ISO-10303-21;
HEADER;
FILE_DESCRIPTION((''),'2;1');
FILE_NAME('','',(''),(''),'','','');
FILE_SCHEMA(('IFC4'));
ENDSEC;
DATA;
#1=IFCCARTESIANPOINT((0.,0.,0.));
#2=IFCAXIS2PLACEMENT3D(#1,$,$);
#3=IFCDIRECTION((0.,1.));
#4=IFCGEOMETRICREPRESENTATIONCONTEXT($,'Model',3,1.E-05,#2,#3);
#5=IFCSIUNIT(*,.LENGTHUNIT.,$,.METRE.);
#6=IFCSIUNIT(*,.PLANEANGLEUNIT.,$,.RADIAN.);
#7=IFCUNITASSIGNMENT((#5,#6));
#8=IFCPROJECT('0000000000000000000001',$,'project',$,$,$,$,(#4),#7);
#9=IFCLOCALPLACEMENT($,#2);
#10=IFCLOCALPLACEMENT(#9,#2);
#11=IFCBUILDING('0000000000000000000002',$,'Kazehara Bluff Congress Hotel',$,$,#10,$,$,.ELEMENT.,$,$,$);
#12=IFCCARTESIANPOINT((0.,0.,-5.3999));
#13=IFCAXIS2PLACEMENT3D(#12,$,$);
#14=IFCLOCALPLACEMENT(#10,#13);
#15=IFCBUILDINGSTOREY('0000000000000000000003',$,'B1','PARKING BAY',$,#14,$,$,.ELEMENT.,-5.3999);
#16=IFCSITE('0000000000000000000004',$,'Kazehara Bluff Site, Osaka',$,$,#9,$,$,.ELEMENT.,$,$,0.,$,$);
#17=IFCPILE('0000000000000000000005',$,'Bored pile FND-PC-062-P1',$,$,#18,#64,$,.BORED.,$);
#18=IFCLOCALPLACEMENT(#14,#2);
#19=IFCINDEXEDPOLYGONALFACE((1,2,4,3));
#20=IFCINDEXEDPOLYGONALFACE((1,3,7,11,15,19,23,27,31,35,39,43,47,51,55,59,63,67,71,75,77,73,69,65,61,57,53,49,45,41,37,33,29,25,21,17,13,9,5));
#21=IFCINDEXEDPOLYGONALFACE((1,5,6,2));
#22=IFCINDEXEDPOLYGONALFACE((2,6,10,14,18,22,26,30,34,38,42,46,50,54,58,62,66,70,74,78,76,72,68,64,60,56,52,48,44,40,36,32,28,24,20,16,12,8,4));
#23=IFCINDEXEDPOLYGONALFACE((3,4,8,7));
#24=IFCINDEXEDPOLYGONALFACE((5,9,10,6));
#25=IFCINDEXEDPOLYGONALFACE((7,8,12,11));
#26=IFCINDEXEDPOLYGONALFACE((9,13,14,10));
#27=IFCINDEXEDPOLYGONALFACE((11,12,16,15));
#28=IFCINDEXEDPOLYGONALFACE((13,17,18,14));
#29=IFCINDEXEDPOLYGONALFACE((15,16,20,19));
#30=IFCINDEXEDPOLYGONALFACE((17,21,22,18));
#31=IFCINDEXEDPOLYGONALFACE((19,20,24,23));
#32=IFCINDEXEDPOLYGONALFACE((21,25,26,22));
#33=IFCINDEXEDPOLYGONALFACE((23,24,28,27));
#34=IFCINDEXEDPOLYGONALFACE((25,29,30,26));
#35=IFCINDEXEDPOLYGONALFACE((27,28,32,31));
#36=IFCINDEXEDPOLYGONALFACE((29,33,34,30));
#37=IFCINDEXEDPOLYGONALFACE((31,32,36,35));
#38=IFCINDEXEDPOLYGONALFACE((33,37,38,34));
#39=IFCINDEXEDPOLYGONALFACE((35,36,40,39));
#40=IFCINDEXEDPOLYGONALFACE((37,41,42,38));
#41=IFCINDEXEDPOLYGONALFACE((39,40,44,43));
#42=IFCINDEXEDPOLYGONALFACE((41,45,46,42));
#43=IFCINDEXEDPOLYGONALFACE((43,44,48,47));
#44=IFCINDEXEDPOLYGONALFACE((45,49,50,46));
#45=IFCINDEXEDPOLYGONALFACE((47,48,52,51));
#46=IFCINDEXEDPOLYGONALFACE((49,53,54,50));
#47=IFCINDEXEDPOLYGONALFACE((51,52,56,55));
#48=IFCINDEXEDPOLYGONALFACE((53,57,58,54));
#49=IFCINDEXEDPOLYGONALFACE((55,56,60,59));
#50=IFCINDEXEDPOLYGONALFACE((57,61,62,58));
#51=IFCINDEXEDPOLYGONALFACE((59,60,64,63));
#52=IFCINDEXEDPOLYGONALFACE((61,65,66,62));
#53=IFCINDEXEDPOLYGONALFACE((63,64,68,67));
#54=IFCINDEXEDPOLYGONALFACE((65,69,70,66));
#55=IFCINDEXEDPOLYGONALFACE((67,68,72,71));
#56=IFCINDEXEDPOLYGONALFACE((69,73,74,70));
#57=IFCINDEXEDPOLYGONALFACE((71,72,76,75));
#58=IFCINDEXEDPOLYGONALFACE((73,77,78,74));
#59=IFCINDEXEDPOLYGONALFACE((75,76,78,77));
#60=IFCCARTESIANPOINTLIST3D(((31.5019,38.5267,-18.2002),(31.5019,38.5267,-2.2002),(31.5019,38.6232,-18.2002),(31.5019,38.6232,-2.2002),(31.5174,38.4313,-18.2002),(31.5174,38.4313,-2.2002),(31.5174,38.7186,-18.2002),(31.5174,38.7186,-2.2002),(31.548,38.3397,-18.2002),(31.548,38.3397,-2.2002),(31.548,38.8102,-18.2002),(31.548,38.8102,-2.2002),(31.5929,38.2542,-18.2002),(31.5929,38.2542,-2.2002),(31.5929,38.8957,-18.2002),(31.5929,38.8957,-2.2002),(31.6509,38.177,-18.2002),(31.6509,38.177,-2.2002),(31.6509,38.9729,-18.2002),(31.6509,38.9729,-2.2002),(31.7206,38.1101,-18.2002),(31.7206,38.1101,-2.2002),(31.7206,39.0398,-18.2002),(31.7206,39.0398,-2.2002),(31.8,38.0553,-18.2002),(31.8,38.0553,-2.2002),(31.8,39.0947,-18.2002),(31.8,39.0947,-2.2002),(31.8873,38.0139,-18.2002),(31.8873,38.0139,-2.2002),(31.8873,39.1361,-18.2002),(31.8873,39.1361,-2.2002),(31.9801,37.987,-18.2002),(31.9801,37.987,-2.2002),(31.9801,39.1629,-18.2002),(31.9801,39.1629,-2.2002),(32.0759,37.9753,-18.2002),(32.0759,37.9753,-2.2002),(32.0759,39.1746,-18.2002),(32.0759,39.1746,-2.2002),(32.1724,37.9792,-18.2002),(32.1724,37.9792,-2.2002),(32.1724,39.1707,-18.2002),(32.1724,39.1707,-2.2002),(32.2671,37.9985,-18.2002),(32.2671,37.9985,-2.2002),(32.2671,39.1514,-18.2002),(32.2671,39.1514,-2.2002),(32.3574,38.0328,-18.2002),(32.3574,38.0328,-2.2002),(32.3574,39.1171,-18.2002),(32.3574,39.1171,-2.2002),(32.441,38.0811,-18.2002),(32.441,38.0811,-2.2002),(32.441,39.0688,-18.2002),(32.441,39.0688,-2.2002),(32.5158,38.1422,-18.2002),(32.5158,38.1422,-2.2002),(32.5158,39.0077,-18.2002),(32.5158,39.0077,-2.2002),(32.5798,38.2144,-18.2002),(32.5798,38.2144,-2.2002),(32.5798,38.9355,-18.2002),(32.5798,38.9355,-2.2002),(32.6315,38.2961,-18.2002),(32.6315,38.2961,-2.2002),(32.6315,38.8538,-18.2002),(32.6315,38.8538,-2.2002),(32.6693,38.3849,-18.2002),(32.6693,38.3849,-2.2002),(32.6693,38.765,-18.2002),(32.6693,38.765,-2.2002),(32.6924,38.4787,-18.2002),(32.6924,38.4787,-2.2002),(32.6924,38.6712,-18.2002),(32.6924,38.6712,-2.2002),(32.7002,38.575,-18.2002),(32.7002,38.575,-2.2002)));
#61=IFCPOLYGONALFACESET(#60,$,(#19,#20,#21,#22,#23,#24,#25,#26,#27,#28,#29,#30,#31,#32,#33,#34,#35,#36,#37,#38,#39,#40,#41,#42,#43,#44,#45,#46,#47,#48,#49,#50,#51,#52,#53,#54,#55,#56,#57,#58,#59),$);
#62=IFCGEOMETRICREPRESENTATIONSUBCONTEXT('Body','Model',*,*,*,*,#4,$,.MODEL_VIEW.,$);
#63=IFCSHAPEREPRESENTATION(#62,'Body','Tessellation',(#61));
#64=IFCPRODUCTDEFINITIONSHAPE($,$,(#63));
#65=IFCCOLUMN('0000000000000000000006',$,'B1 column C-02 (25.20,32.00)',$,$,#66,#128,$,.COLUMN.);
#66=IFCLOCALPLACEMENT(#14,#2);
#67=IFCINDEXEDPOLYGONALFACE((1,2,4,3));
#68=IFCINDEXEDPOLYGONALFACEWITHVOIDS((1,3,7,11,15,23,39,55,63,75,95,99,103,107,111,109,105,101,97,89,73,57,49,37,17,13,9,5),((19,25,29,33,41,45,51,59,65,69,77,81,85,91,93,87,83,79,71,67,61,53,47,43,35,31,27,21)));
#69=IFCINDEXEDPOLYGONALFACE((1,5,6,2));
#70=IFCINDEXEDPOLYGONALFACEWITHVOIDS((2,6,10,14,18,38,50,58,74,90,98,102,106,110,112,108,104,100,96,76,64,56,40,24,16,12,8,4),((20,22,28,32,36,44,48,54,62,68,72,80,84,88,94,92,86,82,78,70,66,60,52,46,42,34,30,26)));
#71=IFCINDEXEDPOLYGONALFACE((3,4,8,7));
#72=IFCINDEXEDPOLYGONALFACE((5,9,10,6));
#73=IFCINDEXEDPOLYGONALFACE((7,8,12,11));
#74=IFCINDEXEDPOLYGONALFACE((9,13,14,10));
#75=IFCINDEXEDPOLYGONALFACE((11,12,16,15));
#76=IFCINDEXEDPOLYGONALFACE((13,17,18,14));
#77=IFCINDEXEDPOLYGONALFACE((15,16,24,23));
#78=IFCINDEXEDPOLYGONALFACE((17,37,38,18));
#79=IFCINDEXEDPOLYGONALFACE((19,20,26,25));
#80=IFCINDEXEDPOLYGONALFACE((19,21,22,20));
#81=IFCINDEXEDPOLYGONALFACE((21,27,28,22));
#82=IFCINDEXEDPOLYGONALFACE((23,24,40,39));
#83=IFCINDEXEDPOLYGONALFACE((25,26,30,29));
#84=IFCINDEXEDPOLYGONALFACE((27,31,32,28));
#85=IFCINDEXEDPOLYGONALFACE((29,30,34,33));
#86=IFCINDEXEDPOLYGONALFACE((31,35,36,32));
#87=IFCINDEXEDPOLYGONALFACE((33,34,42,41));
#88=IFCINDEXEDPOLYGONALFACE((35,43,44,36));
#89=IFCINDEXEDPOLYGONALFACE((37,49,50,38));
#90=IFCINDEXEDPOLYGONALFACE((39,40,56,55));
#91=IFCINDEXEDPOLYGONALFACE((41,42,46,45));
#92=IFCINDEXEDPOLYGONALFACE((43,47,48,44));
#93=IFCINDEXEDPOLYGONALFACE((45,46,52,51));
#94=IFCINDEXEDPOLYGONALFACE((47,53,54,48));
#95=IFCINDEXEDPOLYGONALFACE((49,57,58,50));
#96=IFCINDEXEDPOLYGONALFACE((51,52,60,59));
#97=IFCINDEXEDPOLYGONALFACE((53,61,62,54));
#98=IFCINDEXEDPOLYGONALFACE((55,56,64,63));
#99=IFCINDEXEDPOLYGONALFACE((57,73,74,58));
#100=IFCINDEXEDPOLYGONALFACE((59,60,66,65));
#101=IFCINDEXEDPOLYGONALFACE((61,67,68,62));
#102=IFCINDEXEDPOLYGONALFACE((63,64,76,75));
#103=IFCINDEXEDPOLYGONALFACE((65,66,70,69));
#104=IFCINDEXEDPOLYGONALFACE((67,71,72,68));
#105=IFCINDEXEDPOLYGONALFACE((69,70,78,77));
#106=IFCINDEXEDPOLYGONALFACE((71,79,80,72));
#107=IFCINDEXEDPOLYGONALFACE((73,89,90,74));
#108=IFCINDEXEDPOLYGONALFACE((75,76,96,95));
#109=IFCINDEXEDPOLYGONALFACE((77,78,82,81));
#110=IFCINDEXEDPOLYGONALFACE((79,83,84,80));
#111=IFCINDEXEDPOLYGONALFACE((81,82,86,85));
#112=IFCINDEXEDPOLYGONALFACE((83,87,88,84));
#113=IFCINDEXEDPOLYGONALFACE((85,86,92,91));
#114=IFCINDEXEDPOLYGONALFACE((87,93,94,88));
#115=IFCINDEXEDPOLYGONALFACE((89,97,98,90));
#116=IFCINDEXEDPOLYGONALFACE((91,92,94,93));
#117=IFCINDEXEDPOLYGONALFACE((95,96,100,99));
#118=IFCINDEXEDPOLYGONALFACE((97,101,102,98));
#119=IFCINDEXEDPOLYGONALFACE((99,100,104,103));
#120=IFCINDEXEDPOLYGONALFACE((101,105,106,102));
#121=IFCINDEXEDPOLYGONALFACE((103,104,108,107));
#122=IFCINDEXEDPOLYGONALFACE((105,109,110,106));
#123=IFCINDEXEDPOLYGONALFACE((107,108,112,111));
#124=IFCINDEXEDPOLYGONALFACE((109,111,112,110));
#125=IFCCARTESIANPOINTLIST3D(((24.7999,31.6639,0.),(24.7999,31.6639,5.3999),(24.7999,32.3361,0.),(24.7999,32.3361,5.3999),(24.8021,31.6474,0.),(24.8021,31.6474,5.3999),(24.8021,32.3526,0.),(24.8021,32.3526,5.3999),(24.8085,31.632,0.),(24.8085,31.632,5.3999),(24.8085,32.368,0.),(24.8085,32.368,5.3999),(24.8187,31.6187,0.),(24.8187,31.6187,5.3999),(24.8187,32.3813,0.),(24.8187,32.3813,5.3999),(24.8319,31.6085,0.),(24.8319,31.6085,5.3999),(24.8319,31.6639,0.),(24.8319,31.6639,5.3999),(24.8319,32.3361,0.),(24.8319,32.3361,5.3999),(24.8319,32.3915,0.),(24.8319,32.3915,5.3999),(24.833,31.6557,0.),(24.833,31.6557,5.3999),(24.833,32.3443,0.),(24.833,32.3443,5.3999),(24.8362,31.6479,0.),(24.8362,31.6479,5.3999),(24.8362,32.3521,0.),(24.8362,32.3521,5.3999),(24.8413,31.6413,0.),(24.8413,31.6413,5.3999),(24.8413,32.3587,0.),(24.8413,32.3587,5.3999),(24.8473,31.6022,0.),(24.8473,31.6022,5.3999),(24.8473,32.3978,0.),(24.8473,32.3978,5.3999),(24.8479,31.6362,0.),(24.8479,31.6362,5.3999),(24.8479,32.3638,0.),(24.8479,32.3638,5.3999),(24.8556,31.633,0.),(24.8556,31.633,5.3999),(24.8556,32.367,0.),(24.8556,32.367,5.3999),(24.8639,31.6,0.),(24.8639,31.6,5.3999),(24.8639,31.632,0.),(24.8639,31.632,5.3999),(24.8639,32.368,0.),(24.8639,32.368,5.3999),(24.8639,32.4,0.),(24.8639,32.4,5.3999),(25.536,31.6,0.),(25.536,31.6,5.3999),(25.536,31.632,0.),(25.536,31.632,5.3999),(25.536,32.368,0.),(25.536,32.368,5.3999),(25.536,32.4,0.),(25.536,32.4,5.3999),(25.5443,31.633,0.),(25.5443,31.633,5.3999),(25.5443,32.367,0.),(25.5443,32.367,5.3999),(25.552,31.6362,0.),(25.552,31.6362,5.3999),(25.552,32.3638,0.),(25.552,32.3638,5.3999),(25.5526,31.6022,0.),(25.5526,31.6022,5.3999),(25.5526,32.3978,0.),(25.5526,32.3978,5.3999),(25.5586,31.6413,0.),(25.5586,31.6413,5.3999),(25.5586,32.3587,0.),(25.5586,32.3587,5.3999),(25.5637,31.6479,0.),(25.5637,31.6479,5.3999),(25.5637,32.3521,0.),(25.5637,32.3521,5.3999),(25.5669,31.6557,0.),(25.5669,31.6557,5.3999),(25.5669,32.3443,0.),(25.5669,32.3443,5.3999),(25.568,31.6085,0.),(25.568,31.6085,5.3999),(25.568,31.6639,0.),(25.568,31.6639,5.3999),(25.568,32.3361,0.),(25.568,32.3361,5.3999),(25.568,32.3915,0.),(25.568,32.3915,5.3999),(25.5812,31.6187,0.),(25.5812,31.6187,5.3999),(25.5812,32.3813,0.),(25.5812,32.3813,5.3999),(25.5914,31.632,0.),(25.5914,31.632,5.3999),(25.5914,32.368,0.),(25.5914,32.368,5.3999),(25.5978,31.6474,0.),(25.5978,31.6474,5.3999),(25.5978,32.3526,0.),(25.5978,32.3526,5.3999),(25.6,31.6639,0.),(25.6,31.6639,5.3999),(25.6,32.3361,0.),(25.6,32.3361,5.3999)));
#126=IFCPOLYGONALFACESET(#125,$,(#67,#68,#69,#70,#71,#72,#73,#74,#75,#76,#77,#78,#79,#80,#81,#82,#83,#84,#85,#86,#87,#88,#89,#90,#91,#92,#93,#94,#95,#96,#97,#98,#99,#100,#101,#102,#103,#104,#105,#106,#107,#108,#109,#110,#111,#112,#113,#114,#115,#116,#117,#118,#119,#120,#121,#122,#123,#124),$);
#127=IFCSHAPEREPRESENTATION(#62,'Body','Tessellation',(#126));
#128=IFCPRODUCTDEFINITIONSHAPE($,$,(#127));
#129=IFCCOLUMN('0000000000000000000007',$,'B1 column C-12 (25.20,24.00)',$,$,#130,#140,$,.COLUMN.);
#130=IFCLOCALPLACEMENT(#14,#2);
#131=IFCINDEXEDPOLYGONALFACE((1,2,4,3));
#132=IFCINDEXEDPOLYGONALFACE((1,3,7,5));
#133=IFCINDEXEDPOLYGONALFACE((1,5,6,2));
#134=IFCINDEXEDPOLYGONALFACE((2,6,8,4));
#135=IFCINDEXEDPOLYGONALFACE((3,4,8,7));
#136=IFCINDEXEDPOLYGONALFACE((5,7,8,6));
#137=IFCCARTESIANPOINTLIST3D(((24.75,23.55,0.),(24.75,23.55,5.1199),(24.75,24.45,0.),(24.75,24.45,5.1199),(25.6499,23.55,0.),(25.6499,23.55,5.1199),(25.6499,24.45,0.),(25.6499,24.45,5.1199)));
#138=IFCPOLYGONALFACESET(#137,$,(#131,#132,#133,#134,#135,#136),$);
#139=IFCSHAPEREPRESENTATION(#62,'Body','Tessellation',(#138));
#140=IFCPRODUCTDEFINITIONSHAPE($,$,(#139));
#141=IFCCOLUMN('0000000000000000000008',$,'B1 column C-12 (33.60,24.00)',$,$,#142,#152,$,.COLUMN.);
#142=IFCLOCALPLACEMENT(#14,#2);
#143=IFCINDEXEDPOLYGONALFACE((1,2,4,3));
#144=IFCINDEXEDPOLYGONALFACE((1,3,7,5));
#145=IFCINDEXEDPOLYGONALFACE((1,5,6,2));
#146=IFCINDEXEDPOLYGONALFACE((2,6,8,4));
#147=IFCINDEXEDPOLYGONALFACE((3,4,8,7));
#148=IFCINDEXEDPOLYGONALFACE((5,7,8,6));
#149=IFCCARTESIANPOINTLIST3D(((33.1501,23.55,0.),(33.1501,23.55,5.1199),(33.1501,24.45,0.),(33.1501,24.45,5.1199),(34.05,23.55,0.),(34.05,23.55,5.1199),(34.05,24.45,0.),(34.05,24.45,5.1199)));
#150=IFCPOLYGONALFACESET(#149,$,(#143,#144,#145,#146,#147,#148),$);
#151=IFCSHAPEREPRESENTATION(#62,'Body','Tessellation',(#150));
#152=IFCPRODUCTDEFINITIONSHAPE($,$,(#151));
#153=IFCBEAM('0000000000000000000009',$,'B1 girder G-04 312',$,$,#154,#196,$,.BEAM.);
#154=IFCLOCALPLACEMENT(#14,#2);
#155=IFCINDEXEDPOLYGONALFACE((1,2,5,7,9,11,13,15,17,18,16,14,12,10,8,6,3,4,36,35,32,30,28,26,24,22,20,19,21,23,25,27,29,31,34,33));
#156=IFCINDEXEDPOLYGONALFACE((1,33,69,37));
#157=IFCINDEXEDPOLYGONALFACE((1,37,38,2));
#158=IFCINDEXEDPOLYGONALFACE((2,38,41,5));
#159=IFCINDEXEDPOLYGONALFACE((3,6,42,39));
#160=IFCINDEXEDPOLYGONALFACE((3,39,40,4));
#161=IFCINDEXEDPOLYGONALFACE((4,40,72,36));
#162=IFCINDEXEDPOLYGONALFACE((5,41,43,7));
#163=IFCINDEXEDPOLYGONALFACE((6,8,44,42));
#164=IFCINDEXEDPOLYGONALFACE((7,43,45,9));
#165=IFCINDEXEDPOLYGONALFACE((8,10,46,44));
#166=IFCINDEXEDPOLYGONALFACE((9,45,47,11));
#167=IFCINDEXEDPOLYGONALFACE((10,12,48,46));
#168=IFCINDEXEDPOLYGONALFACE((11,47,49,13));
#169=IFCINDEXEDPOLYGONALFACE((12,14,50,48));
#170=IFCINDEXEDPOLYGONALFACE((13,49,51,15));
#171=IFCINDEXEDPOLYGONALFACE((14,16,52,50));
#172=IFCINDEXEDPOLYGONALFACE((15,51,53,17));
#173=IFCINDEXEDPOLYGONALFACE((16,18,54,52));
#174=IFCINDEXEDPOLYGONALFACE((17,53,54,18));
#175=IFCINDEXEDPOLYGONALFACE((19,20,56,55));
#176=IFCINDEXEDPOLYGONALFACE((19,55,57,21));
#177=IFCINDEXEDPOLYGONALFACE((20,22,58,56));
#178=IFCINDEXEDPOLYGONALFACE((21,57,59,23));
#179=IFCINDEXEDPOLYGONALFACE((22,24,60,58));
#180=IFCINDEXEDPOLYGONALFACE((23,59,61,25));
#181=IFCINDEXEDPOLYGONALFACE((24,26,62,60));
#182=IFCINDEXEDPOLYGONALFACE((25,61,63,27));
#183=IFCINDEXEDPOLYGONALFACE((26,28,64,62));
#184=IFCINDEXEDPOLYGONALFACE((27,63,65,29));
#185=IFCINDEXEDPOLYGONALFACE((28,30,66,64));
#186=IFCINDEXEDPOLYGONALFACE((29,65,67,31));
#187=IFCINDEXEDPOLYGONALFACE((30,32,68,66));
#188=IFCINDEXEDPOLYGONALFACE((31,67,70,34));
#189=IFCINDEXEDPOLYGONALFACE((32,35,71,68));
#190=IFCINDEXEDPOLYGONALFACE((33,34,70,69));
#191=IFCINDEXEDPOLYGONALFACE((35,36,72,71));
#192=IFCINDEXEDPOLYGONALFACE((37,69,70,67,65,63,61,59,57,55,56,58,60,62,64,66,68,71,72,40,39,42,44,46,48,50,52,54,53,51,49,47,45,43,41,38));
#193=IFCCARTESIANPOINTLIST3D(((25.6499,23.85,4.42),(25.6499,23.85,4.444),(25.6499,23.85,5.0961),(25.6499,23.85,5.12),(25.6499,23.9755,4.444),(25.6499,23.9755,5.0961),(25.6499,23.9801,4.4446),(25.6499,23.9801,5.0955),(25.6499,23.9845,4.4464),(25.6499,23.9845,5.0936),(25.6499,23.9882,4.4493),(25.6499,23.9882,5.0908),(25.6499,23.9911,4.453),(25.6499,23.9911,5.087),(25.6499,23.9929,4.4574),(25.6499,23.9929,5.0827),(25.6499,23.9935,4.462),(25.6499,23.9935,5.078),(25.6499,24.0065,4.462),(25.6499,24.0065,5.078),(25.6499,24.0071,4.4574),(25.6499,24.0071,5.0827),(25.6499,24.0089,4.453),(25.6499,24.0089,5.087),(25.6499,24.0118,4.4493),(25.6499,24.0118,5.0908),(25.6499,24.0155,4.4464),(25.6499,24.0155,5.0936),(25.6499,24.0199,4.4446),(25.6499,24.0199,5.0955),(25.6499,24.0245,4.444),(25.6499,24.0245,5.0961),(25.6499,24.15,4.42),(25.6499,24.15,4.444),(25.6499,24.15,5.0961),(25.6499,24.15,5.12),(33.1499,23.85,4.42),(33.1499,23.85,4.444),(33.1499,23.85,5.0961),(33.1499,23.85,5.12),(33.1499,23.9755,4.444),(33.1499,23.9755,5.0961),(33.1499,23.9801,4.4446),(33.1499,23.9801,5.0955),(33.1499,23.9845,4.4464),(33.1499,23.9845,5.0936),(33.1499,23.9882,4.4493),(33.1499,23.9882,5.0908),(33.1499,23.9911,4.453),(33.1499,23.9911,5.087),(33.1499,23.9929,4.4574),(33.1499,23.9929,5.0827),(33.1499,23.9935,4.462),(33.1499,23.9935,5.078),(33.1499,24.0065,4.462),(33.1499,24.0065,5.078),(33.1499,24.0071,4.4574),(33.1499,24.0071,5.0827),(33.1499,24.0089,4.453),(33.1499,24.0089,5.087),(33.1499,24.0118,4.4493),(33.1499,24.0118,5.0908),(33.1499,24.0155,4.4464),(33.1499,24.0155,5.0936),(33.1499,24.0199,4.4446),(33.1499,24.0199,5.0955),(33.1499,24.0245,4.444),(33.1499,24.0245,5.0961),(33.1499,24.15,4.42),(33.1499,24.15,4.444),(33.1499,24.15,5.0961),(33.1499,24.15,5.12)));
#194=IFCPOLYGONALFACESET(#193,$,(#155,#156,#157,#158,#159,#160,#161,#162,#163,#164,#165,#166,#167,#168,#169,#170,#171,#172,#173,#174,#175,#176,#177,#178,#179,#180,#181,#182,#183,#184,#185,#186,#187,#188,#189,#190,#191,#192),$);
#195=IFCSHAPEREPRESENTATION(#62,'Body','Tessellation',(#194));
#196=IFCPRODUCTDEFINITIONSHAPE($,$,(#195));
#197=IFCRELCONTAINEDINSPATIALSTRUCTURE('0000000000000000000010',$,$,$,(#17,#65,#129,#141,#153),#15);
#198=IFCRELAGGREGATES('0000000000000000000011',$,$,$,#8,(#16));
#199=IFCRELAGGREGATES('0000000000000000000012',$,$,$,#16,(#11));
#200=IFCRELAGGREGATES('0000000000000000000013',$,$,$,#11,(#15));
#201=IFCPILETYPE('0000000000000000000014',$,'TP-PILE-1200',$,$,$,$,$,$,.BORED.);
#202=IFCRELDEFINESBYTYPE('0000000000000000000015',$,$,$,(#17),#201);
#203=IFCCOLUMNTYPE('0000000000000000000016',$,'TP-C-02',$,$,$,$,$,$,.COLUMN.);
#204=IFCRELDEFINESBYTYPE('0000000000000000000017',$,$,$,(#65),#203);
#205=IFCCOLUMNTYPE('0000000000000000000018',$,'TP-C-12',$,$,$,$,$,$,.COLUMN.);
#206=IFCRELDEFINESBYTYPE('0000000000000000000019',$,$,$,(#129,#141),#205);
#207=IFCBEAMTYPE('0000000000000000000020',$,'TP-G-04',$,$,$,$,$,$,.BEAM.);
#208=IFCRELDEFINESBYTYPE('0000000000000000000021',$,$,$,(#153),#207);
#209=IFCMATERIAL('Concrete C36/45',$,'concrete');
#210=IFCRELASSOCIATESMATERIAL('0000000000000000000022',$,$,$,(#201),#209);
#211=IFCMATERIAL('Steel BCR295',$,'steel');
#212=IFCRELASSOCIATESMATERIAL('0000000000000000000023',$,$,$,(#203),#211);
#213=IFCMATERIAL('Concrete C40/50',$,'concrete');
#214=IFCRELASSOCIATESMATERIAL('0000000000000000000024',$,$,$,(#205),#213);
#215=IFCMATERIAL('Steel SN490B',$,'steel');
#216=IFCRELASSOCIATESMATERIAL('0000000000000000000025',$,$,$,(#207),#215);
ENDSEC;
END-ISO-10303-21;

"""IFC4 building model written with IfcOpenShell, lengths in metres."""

from ifc_helpers import new_model, si_unit, direction, frame, origin, origin_2d, place, context, subcontext, project, spatial, rectangle, hollow_rectangle, circle, i_section, extrude, material, material_profile, profile_set, type_object, element, save


model = new_model("IFC4")

# Units and contexts
model_context = context("Model", 3, precision=1e-05, world=origin(), true_north=direction((0.0, 1.0)))
body_context = subcontext(model_context, "Body", "Model", "MODEL_VIEW")
ifc_project = project(units=[si_unit("LENGTHUNIT", "METRE"), si_unit("PLANEANGLEUNIT", "RADIAN")], contexts=[model_context])

# Site, building, storey
site_placement = place(None, origin())
site = spatial("IfcSite", under=ifc_project, at=site_placement, Name="Kazehara Bluff Site, Osaka", CompositionType="ELEMENT", RefElevation=0.0)
building_placement = place(site_placement, origin())
building = spatial("IfcBuilding", under=site, at=building_placement, Name="Kazehara Bluff Congress Hotel", CompositionType="ELEMENT")
storey_placement = place(building_placement, frame((0.0, 0.0, -5.3999)))
storey = spatial("IfcBuildingStorey", under=building, at=storey_placement, Name="B1", Description="PARKING BAY", CompositionType="ELEMENT", Elevation=-5.3999)

# Pile
ifc_material_1 = material(Name="Concrete C36/45", Category="concrete")
ifc_material_profile_1 = material_profile(ifc_material_1, circle(Radius=0.6001, at=origin_2d()))
ifc_profile_set_1 = profile_set([ifc_material_profile_1], Name="Concrete C36/45")
pile_type = type_object("IfcPileType", Name="TP-PILE-1200", PredefinedType="BORED", material=ifc_profile_set_1)
for number, where, z_axis, x_axis, name in (
    (1, (32.1001, 38.575, -2.2002), (0.0, 0.0, -1.0), (1.0, 0.0, 0.0), "Bored pile FND-PC-062-P1"),
):
    element("IfcPile", number, at=place(storey_placement, frame(where, z_axis=z_axis, x_axis=x_axis)), inside=storey, type_object=pile_type, Name=name, PredefinedType="BORED", context=body_context, shape_type="SweptSolid", body=[
        extrude(circle(Radius=0.6001, at=origin_2d()), origin(), (0.0, 0.0, 1.0), 16.0),
    ])

# Columns
ifc_material_2 = material(Name="Steel BCR295", Category="steel")
ifc_material_profile_2 = material_profile(ifc_material_2, hollow_rectangle(XDim=0.8, YDim=0.8, WallThickness=0.032, InnerFilletRadius=0.032, OuterFilletRadius=0.064, at=origin_2d()))
ifc_profile_set_2 = profile_set([ifc_material_profile_2], Name="Steel BCR295")
column_type_1 = type_object("IfcColumnType", Name="TP-C-02", PredefinedType="COLUMN", material=ifc_profile_set_2)
column_placement = place(storey_placement, frame((25.2, 32.0, 0.0), z_axis=(0.0, 0.0, 1.0), x_axis=(1.0, 0.0, 0.0)))
element("IfcColumn", 2, at=column_placement, inside=storey, type_object=column_type_1, Name="B1 column C-02 (25.20,32.00)", PredefinedType="COLUMN", context=body_context, shape_type="SweptSolid", body=[
    extrude(hollow_rectangle(XDim=0.8, YDim=0.8, WallThickness=0.032, InnerFilletRadius=0.032, OuterFilletRadius=0.064, at=origin_2d()), origin(), (0.0, 0.0, 1.0), 5.3999),
])
ifc_material_3 = material(Name="Concrete C40/50", Category="concrete")
ifc_material_profile_3 = material_profile(ifc_material_3, rectangle(XDim=0.8999, YDim=0.8999, at=origin_2d()))
ifc_profile_set_3 = profile_set([ifc_material_profile_3], Name="Concrete C40/50")
column_type_2 = type_object("IfcColumnType", Name="TP-C-12", PredefinedType="COLUMN", material=ifc_profile_set_3)
for number, where, z_axis, x_axis, name in (
    (3, (25.2, 24.0, 0.0), (0.0, 0.0, 1.0), (1.0, 0.0, 0.0), "B1 column C-12 (25.20,24.00)"),
    (4, (33.6001, 24.0, 0.0), (0.0, 0.0, 1.0), (1.0, 0.0, 0.0), "B1 column C-12 (33.60,24.00)"),
):
    element("IfcColumn", number, at=place(storey_placement, frame(where, z_axis=z_axis, x_axis=x_axis)), inside=storey, type_object=column_type_2, Name=name, PredefinedType="COLUMN", context=body_context, shape_type="SweptSolid", body=[
        extrude(rectangle(XDim=0.8999, YDim=0.8999, at=origin_2d()), origin(), (0.0, 0.0, 1.0), 5.1199),
    ])

# Beam
ifc_material_4 = material(Name="Steel SN490B", Category="steel")
ifc_material_profile_4 = material_profile(ifc_material_4, i_section(OverallWidth=0.3, OverallDepth=0.7, WebThickness=0.0129, FlangeThickness=0.0239, FilletRadius=0.0181, at=origin_2d()))
ifc_profile_set_4 = profile_set([ifc_material_profile_4], Name="Steel SN490B")
beam_type_1 = type_object("IfcBeamType", Name="TP-G-04", PredefinedType="BEAM", material=ifc_profile_set_4)
beam_1_placement = place(storey_placement, frame((25.6499, 24.0, 4.77), z_axis=(1.0, 0.0, 0.0), x_axis=(0.0, 1.0, 0.0)))
element("IfcBeam", 5, at=beam_1_placement, inside=storey, type_object=beam_type_1, Name="B1 girder G-04 312", PredefinedType="BEAM", context=body_context, shape_type="SweptSolid", body=[
    extrude(i_section(OverallWidth=0.3, OverallDepth=0.7, WebThickness=0.0129, FlangeThickness=0.0239, FilletRadius=0.0181, at=origin_2d()), origin(), (0.0, 0.0, 1.0), 7.5),
])

save(model, "model.ifc")
